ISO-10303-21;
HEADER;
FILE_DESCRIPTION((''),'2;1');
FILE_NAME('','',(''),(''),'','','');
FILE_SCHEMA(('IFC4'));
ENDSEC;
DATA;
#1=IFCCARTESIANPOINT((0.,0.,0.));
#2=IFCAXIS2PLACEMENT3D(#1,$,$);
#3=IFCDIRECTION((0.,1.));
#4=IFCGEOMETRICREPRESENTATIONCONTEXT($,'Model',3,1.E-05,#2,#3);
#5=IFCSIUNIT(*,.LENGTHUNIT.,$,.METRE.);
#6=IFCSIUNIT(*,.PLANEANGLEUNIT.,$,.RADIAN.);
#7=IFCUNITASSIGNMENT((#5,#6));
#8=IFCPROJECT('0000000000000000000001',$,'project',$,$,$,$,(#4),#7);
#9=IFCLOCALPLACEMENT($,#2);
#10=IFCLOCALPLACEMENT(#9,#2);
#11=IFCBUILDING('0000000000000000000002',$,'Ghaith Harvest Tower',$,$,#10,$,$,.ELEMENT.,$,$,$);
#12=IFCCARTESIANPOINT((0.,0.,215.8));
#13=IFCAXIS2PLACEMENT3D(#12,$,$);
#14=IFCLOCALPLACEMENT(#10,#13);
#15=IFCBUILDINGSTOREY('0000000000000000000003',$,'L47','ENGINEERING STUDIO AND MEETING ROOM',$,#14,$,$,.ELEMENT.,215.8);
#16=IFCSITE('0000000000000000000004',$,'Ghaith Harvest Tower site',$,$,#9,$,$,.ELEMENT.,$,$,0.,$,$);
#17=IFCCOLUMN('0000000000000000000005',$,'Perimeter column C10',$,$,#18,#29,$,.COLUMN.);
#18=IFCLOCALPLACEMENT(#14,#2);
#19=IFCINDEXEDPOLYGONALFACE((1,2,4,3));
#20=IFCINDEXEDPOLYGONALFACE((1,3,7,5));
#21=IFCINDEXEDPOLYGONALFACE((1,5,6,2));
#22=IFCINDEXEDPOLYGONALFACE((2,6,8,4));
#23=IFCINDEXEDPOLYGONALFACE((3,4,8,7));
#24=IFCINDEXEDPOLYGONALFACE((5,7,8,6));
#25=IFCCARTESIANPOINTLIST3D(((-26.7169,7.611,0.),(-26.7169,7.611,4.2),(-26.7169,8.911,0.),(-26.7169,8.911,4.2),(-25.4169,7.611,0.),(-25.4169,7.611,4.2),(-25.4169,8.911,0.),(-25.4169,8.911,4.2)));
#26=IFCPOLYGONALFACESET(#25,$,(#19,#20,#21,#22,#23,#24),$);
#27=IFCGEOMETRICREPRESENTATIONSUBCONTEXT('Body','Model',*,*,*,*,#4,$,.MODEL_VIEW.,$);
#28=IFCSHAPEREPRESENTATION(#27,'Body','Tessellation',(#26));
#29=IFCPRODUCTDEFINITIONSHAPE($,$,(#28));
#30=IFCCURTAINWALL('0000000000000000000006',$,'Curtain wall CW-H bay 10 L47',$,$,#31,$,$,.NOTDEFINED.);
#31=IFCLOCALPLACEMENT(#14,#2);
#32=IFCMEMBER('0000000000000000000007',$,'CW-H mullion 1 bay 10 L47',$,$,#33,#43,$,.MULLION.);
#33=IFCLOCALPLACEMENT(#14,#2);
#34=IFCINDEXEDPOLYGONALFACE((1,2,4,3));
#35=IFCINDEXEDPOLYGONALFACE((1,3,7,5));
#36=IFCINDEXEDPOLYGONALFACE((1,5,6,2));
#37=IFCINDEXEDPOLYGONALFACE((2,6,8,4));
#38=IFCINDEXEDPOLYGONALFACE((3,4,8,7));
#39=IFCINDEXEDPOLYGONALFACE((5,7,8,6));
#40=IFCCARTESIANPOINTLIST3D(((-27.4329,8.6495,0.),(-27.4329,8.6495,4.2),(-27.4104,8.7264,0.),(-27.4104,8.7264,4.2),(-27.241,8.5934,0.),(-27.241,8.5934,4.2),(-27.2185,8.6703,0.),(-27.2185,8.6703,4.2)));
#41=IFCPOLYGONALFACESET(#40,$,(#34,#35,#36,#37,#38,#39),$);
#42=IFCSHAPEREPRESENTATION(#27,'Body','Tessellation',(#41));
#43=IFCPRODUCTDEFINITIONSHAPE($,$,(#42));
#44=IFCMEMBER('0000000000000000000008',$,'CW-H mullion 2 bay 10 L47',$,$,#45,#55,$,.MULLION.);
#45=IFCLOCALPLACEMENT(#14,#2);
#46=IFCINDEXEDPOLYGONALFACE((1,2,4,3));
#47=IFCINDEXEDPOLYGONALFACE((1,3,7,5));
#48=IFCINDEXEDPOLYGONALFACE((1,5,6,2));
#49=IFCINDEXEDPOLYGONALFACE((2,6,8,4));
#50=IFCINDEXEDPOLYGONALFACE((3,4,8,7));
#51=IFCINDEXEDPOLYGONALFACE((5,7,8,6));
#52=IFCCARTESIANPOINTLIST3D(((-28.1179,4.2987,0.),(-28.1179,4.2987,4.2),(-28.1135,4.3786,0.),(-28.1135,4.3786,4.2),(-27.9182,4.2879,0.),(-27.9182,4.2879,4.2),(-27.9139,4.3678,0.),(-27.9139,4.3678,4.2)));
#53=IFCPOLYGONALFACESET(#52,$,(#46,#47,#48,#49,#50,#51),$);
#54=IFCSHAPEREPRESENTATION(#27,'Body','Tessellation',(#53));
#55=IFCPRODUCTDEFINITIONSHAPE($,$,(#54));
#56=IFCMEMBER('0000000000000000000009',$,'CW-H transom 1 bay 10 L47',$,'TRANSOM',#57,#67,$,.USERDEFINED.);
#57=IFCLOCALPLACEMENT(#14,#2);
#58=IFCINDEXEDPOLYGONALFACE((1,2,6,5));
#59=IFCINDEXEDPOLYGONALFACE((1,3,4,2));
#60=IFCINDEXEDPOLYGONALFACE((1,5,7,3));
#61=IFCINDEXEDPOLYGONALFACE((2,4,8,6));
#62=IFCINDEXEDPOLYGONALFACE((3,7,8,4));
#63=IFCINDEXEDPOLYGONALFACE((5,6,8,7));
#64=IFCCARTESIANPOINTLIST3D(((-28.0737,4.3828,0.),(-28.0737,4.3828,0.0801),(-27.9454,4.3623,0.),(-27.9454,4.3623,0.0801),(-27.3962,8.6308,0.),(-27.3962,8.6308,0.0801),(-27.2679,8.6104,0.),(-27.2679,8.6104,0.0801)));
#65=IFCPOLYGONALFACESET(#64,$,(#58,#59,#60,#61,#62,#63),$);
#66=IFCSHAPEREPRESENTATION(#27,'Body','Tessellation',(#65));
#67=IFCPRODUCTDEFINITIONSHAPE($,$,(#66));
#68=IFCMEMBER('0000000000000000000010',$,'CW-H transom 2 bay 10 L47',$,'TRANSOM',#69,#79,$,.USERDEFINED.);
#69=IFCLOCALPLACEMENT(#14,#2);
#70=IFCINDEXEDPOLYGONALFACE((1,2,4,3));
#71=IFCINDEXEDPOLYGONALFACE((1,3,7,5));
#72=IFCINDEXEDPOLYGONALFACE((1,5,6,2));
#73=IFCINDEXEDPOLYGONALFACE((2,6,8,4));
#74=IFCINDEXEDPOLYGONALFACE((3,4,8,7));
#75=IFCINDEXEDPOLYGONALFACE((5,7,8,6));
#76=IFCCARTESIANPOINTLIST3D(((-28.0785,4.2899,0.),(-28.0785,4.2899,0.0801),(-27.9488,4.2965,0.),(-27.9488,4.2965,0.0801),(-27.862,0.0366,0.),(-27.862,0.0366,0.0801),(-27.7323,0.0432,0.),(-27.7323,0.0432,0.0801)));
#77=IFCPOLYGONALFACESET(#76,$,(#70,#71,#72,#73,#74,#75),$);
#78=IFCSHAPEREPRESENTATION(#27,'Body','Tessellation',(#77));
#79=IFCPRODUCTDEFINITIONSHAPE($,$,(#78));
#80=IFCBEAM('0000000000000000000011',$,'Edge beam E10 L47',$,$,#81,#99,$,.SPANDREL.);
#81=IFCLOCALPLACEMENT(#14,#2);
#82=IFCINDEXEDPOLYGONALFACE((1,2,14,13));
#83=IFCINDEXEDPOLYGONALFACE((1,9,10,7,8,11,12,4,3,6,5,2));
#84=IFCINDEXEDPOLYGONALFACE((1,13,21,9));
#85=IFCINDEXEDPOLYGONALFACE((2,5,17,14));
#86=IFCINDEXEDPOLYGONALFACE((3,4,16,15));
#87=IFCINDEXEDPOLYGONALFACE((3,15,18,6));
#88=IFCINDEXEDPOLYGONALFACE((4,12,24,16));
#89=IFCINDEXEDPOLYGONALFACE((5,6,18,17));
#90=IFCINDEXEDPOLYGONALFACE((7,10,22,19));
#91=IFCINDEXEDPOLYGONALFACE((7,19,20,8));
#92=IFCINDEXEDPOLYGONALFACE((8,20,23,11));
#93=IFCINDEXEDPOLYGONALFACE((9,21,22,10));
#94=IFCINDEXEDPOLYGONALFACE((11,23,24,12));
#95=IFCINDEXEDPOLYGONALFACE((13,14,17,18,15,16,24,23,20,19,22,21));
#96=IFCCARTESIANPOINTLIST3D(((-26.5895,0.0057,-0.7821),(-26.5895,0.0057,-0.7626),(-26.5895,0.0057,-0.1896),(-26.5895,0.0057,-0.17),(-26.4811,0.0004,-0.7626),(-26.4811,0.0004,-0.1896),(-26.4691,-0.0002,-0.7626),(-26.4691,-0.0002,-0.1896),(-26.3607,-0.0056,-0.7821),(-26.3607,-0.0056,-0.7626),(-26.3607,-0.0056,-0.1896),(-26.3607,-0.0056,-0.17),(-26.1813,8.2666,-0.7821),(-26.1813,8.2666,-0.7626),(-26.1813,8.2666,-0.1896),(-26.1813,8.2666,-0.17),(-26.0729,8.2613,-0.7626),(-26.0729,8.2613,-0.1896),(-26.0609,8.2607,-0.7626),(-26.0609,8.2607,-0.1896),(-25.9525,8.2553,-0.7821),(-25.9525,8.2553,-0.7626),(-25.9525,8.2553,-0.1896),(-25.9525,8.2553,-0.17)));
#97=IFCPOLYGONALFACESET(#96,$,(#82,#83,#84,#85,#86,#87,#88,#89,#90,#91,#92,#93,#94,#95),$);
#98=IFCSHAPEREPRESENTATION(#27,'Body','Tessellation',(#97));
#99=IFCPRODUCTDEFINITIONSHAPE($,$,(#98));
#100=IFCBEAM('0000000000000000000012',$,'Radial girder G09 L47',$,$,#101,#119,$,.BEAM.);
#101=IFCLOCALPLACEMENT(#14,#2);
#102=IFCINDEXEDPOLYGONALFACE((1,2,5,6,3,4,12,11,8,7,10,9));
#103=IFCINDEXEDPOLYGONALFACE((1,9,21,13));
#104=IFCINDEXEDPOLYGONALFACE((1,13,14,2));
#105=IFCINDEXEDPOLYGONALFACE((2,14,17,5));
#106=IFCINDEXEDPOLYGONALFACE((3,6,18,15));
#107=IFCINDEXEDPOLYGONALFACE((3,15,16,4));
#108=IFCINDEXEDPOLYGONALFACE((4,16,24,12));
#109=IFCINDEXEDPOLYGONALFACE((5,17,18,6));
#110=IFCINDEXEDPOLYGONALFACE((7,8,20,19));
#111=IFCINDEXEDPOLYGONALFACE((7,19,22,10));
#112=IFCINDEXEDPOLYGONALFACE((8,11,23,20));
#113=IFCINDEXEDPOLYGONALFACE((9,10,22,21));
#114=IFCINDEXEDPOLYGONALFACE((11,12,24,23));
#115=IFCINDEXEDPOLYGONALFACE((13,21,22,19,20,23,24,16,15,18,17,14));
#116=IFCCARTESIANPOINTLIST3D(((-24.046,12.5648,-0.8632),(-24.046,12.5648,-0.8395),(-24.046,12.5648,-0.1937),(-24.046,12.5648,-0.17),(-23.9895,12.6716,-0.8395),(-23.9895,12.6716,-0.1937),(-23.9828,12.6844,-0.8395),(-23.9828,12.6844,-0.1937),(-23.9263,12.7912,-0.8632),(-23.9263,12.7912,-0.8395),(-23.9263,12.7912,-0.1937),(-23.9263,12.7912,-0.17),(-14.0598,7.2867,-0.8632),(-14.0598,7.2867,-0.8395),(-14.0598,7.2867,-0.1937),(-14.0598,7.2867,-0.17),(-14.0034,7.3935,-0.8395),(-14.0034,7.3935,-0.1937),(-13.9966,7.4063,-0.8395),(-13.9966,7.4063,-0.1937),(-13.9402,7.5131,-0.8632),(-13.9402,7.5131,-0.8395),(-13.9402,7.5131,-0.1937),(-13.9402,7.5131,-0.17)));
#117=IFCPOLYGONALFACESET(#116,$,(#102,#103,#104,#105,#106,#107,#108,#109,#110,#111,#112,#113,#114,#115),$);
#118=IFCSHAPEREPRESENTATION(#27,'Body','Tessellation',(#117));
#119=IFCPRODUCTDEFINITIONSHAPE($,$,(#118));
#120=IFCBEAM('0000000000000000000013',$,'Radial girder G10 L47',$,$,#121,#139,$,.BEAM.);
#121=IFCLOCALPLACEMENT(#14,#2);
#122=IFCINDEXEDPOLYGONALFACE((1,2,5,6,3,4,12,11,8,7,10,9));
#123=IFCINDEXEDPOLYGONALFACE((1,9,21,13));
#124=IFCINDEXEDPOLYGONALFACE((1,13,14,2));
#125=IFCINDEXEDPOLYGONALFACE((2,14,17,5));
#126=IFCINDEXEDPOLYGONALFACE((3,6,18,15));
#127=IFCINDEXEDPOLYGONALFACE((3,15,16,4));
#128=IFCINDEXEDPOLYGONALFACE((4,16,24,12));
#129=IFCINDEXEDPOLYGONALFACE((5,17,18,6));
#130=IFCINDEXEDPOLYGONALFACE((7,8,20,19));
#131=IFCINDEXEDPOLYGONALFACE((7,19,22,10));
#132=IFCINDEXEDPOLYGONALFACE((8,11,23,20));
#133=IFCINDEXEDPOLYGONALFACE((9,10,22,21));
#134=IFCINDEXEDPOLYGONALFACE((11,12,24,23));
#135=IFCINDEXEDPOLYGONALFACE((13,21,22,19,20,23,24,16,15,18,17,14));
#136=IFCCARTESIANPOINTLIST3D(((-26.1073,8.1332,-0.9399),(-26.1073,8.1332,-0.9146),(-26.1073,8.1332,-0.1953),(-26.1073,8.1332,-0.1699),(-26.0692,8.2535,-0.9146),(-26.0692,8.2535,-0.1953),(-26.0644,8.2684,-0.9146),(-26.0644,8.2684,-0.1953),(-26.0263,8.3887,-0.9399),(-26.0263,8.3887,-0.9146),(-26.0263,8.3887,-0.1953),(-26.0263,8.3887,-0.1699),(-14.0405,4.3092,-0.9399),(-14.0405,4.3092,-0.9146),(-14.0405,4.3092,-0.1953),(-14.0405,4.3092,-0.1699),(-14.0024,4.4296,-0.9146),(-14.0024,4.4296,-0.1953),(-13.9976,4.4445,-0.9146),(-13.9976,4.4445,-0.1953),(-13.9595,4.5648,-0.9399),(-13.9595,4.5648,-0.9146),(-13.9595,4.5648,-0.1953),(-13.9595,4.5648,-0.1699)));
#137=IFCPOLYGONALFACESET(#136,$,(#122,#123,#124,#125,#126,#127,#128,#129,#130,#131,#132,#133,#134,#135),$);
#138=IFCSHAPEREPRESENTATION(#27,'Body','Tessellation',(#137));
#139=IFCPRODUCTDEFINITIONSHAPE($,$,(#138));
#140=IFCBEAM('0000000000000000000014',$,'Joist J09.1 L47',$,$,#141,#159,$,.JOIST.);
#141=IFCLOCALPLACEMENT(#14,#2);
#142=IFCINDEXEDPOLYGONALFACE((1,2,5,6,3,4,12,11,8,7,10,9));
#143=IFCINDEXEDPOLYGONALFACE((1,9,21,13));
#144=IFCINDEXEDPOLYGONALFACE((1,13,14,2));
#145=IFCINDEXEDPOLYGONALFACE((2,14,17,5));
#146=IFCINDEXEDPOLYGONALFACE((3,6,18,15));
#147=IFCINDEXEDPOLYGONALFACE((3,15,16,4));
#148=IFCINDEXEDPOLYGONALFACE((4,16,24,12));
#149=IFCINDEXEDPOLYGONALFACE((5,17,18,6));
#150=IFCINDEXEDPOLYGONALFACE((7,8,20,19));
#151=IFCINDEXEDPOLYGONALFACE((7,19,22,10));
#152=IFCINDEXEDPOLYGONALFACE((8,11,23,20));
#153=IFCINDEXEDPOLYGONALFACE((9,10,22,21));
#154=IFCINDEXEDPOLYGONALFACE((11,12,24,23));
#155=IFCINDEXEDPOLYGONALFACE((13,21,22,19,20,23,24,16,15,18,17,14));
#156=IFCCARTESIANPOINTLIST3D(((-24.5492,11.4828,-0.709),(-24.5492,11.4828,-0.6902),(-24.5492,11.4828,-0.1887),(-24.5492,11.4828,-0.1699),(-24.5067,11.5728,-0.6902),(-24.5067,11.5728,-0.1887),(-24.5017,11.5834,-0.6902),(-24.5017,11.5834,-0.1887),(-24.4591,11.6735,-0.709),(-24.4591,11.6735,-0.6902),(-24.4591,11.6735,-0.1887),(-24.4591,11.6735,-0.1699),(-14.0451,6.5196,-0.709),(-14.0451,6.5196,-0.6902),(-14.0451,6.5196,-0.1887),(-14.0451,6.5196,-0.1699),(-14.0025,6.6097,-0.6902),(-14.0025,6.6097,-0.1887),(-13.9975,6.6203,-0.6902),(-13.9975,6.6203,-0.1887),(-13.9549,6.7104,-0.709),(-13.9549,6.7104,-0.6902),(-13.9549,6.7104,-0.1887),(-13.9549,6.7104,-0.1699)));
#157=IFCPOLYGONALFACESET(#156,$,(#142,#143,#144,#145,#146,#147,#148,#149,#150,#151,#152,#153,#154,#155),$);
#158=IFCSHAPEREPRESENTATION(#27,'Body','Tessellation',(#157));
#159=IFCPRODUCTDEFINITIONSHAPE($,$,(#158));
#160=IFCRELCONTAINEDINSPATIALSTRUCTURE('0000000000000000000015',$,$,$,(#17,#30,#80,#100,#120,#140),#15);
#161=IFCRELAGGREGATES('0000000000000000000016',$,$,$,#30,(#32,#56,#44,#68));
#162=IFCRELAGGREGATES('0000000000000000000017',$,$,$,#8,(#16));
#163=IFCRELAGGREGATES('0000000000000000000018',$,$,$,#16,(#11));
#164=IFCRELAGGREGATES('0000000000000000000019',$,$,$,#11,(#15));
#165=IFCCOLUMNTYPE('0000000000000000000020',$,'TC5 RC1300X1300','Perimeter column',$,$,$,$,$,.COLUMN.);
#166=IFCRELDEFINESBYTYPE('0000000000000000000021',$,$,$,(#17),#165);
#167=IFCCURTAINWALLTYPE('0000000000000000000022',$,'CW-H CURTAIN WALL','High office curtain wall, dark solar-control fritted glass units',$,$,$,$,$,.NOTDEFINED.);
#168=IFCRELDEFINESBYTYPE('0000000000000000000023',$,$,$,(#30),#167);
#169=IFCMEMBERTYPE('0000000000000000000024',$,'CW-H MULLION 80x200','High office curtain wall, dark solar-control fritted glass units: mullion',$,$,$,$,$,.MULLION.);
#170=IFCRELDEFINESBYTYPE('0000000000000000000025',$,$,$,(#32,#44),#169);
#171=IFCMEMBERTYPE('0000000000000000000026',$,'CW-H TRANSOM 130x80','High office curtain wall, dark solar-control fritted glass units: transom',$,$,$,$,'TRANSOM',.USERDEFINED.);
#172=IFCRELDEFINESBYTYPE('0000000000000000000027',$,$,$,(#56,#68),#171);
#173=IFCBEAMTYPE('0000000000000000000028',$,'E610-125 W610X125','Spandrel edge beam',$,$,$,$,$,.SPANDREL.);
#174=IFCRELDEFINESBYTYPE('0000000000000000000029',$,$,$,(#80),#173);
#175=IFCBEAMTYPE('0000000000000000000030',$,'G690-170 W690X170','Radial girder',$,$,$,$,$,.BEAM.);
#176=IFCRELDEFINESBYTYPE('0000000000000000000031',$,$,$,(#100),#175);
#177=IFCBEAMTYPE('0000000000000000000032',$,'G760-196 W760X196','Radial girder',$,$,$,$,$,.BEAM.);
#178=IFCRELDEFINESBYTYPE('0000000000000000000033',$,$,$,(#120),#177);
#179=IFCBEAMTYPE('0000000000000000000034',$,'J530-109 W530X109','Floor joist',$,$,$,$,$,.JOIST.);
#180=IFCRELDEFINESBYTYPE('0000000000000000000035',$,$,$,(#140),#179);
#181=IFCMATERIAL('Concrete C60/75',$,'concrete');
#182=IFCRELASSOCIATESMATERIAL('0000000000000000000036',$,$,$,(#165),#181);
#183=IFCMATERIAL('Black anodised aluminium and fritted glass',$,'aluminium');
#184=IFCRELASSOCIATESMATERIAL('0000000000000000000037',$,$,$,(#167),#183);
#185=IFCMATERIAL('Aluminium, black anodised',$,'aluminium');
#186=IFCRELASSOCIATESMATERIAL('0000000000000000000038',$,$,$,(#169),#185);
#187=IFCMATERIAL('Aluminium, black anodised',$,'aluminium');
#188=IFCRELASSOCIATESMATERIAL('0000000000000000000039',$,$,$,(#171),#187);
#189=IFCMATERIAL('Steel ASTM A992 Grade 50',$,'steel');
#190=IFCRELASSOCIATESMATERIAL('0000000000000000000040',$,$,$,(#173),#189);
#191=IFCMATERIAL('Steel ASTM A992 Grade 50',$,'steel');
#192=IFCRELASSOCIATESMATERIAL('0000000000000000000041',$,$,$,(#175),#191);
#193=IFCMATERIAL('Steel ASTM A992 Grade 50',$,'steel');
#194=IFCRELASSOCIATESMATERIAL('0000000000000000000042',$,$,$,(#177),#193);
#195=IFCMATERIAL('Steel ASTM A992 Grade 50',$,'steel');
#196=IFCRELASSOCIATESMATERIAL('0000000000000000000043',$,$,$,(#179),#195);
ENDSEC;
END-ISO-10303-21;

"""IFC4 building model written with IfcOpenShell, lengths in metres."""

from ifc_helpers import new_model, si_unit, direction, frame, origin, origin_2d, place, context, subcontext, project, spatial, rectangle, i_section, extrude, material, material_profile, profile_set, type_object, element, aggregate, save


model = new_model("IFC4")

# Units and contexts
model_context = context("Model", 3, precision=1e-05, world=origin(), true_north=direction((0.0, 1.0)))
body_context = subcontext(model_context, "Body", "Model", "MODEL_VIEW")
ifc_project = project(units=[si_unit("LENGTHUNIT", "METRE"), si_unit("PLANEANGLEUNIT", "RADIAN")], contexts=[model_context])

# Site, building, storey
site_placement = place(None, origin())
site = spatial("IfcSite", under=ifc_project, at=site_placement, Name="Ghaith Harvest Tower site", CompositionType="ELEMENT", RefElevation=0.0)
building_placement = place(site_placement, origin())
building = spatial("IfcBuilding", under=site, at=building_placement, Name="Ghaith Harvest Tower", CompositionType="ELEMENT")
storey_placement = place(building_placement, frame((0.0, 0.0, 215.8)))
storey = spatial("IfcBuildingStorey", under=building, at=storey_placement, Name="L47", Description="ENGINEERING STUDIO AND MEETING ROOM", CompositionType="ELEMENT", Elevation=215.8)

# Column
ifc_material_1 = material(Name="Concrete C60/75", Category="concrete")
ifc_material_profile_1 = material_profile(ifc_material_1, rectangle(XDim=1.3, YDim=1.3, at=origin_2d()), Name="RC1300X1300")
ifc_profile_set_1 = profile_set([ifc_material_profile_1], Name="Concrete C60/75")
column_type = type_object("IfcColumnType", Name="TC5 RC1300X1300", Description="Perimeter column", PredefinedType="COLUMN", material=ifc_profile_set_1)
column_placement = place(storey_placement, frame((-26.0669, 8.261, 0.0), z_axis=(0.0, 0.0, 1.0), x_axis=(1.0, 0.0, 0.0)))
element("IfcColumn", 1, at=column_placement, inside=storey, type_object=column_type, Name="Perimeter column C10", PredefinedType="COLUMN", context=body_context, shape_type="SweptSolid", body=[
    extrude(rectangle(XDim=1.3, YDim=1.3, at=origin_2d()), origin(), (0.0, 0.0, 1.0), 4.2),
])

# Curtain wall, members
ifc_material_2 = material(Name="Black anodised aluminium and fritted glass", Category="aluminium")
curtain_wall_type = type_object("IfcCurtainWallType", Name="CW-H CURTAIN WALL", Description="High office curtain wall, dark solar-control fritted glass units", PredefinedType="NOTDEFINED", material=ifc_material_2)
curtain_wall_placement = place(storey_placement, origin())
curtain_wall = element("IfcCurtainWall", 2, at=curtain_wall_placement, inside=storey, type_object=curtain_wall_type, Name="Curtain wall CW-H bay 10 L47", PredefinedType="NOTDEFINED")
ifc_material_3 = material(Name="Aluminium, black anodised", Category="aluminium")
ifc_material_profile_2 = material_profile(ifc_material_3, rectangle(XDim=0.0801, YDim=0.2, at=origin_2d()), Name="CW-H MULLION 80x200")
ifc_profile_set_2 = profile_set([ifc_material_profile_2], Name="Aluminium, black anodised")
member_type_1 = type_object("IfcMemberType", Name="CW-H MULLION 80x200", Description="High office curtain wall, dark solar-control fritted glass units: mullion", PredefinedType="MULLION", material=ifc_profile_set_2)
member_1_placement = place(storey_placement, frame((-27.3257, 8.6599, 0.0), z_axis=(0.0, 0.0, 1.0), x_axis=(-0.28052, -0.959848, 0.0)))
member_1 = element("IfcMember", 3, at=member_1_placement, type_object=member_type_1, Name="CW-H mullion 1 bay 10 L47", PredefinedType="MULLION", context=body_context, shape_type="SweptSolid", body=[
    extrude(rectangle(XDim=0.0801, YDim=0.2, at=origin_2d()), origin(), (0.0, 0.0, 1.0), 4.2),
])
member_2_placement = place(storey_placement, frame((-28.0159, 4.3333, 0.0), z_axis=(0.0, 0.0, 1.0), x_axis=(-0.054116, -0.998535, 0.0)))
member_2 = element("IfcMember", 4, at=member_2_placement, type_object=member_type_1, Name="CW-H mullion 2 bay 10 L47", PredefinedType="MULLION", context=body_context, shape_type="SweptSolid", body=[
    extrude(rectangle(XDim=0.0801, YDim=0.2, at=origin_2d()), origin(), (0.0, 0.0, 1.0), 4.2),
])
ifc_material_4 = material(Name="Aluminium, black anodised", Category="aluminium")
ifc_material_profile_3 = material_profile(ifc_material_4, rectangle(XDim=0.1299, YDim=0.0801, at=origin_2d()), Name="CW-H TRANSOM 130x80")
ifc_profile_set_3 = profile_set([ifc_material_profile_3], Name="Aluminium, black anodised")
member_type_2 = type_object("IfcMemberType", Name="CW-H TRANSOM 130x80", Description="High office curtain wall, dark solar-control fritted glass units: transom", ElementType="TRANSOM", PredefinedType="USERDEFINED", material=ifc_profile_set_3)
member_3_placement = place(storey_placement, frame((-27.332, 8.6206, 0.04), z_axis=(-0.157492, -0.98752, 0.0), x_axis=(0.98752, -0.157492, 0.0)))
member_3 = element("IfcMember", 5, at=member_3_placement, type_object=member_type_2, Name="CW-H transom 1 bay 10 L47", ObjectType="TRANSOM", PredefinedType="USERDEFINED", context=body_context, shape_type="SweptSolid", body=[
    extrude(rectangle(XDim=0.1299, YDim=0.0801, at=origin_2d()), origin(), (0.0, 0.0, 1.0), 4.3018),
])
member_4_placement = place(storey_placement, frame((-28.0137, 4.2932, 0.04), z_axis=(0.05085, -0.998706, 0.0), x_axis=(0.998706, 0.05085, 0.0)))
member_4 = element("IfcMember", 6, at=member_4_placement, type_object=member_type_2, Name="CW-H transom 2 bay 10 L47", ObjectType="TRANSOM", PredefinedType="USERDEFINED", context=body_context, shape_type="SweptSolid", body=[
    extrude(rectangle(XDim=0.1299, YDim=0.0801, at=origin_2d()), origin(), (0.0, 0.0, 1.0), 4.2588),
])

# Beams
ifc_material_5 = material(Name="Steel ASTM A992 Grade 50", Category="steel")
ifc_material_profile_4 = material_profile(ifc_material_5, i_section(OverallWidth=0.229, OverallDepth=0.6121, WebThickness=0.012, FlangeThickness=0.0195, at=origin_2d()), Name="W610X125")
ifc_profile_set_4 = profile_set([ifc_material_profile_4], Name="Steel ASTM A992 Grade 50")
beam_type_1 = type_object("IfcBeamType", Name="E610-125 W610X125", Description="Spandrel edge beam", PredefinedType="SPANDREL", material=ifc_profile_set_4)
beam_1_placement = place(storey_placement, frame((-26.0669, 8.261, -0.4761), z_axis=(-0.049353, -0.998781, 0.0), x_axis=(0.998781, -0.049353, 0.0)))
element("IfcBeam", 7, at=beam_1_placement, inside=storey, type_object=beam_type_1, Name="Edge beam E10 L47", PredefinedType="SPANDREL", context=body_context, shape_type="SweptSolid", body=[
    extrude(i_section(OverallWidth=0.229, OverallDepth=0.6121, WebThickness=0.012, FlangeThickness=0.0195, at=origin_2d()), origin(), (0.0, 0.0, 1.0), 8.271),
])
ifc_material_6 = material(Name="Steel ASTM A992 Grade 50", Category="steel")
ifc_material_profile_5 = material_profile(ifc_material_6, i_section(OverallWidth=0.2561, OverallDepth=0.6931, WebThickness=0.0144, FlangeThickness=0.0237, at=origin_2d()), Name="W690X170")
ifc_profile_set_5 = profile_set([ifc_material_profile_5], Name="Steel ASTM A992 Grade 50")
beam_type_2 = type_object("IfcBeamType", Name="G690-170 W690X170", Description="Radial girder", PredefinedType="BEAM", material=ifc_profile_set_5)
beam_2_placement = place(storey_placement, frame((-14.0, 7.3999, -0.5166), z_axis=(-0.884105, 0.467288, 0.0), x_axis=(-0.467288, -0.884105, 0.0)))
element("IfcBeam", 8, at=beam_2_placement, inside=storey, type_object=beam_type_2, Name="Radial girder G09 L47", PredefinedType="BEAM", context=body_context, shape_type="SweptSolid", body=[
    extrude(i_section(OverallWidth=0.2561, OverallDepth=0.6931, WebThickness=0.0144, FlangeThickness=0.0237, at=origin_2d()), origin(), (0.0, 0.0, 1.0), 11.2952),
])
ifc_material_7 = material(Name="Steel ASTM A992 Grade 50", Category="steel")
ifc_material_profile_6 = material_profile(ifc_material_7, i_section(OverallWidth=0.2681, OverallDepth=0.77, WebThickness=0.0156, FlangeThickness=0.0254, at=origin_2d()), Name="W760X196")
ifc_profile_set_6 = profile_set([ifc_material_profile_6], Name="Steel ASTM A992 Grade 50")
beam_type_3 = type_object("IfcBeamType", Name="G760-196 W760X196", Description="Radial girder", PredefinedType="BEAM", material=ifc_profile_set_6)
beam_3_placement = place(storey_placement, frame((-14.0, 4.437, -0.5549), z_axis=(-0.953279, 0.302092, 0.0), x_axis=(-0.302092, -0.953279, 0.0)))
element("IfcBeam", 9, at=beam_3_placement, inside=storey, type_object=beam_type_3, Name="Radial girder G10 L47", PredefinedType="BEAM", context=body_context, shape_type="SweptSolid", body=[
    extrude(i_section(OverallWidth=0.2681, OverallDepth=0.77, WebThickness=0.0156, FlangeThickness=0.0254, at=origin_2d()), origin(), (0.0, 0.0, 1.0), 12.6582),
])
ifc_material_8 = material(Name="Steel ASTM A992 Grade 50", Category="steel")
ifc_material_profile_7 = material_profile(ifc_material_8, i_section(OverallWidth=0.2109, OverallDepth=0.5391, WebThickness=0.0117, FlangeThickness=0.0188, at=origin_2d()), Name="W530X109")
ifc_profile_set_7 = profile_set([ifc_material_profile_7], Name="Steel ASTM A992 Grade 50")
beam_type_4 = type_object("IfcBeamType", Name="J530-109 W530X109", Description="Floor joist", PredefinedType="JOIST", material=ifc_profile_set_7)
beam_4_placement = place(storey_placement, frame((-14.0, 6.615, -0.4395), z_axis=(-0.904154, 0.427206, 0.0), x_axis=(-0.427206, -0.904154, 0.0)))
element("IfcBeam", 10, at=beam_4_placement, inside=storey, type_object=beam_type_4, Name="Joist J09.1 L47", PredefinedType="JOIST", context=body_context, shape_type="SweptSolid", body=[
    extrude(i_section(OverallWidth=0.2109, OverallDepth=0.5391, WebThickness=0.0117, FlangeThickness=0.0188, at=origin_2d()), origin(), (0.0, 0.0, 1.0), 11.6177),
])

aggregate(curtain_wall, [member_1, member_3, member_2, member_4])

save(model, "model.ifc")
